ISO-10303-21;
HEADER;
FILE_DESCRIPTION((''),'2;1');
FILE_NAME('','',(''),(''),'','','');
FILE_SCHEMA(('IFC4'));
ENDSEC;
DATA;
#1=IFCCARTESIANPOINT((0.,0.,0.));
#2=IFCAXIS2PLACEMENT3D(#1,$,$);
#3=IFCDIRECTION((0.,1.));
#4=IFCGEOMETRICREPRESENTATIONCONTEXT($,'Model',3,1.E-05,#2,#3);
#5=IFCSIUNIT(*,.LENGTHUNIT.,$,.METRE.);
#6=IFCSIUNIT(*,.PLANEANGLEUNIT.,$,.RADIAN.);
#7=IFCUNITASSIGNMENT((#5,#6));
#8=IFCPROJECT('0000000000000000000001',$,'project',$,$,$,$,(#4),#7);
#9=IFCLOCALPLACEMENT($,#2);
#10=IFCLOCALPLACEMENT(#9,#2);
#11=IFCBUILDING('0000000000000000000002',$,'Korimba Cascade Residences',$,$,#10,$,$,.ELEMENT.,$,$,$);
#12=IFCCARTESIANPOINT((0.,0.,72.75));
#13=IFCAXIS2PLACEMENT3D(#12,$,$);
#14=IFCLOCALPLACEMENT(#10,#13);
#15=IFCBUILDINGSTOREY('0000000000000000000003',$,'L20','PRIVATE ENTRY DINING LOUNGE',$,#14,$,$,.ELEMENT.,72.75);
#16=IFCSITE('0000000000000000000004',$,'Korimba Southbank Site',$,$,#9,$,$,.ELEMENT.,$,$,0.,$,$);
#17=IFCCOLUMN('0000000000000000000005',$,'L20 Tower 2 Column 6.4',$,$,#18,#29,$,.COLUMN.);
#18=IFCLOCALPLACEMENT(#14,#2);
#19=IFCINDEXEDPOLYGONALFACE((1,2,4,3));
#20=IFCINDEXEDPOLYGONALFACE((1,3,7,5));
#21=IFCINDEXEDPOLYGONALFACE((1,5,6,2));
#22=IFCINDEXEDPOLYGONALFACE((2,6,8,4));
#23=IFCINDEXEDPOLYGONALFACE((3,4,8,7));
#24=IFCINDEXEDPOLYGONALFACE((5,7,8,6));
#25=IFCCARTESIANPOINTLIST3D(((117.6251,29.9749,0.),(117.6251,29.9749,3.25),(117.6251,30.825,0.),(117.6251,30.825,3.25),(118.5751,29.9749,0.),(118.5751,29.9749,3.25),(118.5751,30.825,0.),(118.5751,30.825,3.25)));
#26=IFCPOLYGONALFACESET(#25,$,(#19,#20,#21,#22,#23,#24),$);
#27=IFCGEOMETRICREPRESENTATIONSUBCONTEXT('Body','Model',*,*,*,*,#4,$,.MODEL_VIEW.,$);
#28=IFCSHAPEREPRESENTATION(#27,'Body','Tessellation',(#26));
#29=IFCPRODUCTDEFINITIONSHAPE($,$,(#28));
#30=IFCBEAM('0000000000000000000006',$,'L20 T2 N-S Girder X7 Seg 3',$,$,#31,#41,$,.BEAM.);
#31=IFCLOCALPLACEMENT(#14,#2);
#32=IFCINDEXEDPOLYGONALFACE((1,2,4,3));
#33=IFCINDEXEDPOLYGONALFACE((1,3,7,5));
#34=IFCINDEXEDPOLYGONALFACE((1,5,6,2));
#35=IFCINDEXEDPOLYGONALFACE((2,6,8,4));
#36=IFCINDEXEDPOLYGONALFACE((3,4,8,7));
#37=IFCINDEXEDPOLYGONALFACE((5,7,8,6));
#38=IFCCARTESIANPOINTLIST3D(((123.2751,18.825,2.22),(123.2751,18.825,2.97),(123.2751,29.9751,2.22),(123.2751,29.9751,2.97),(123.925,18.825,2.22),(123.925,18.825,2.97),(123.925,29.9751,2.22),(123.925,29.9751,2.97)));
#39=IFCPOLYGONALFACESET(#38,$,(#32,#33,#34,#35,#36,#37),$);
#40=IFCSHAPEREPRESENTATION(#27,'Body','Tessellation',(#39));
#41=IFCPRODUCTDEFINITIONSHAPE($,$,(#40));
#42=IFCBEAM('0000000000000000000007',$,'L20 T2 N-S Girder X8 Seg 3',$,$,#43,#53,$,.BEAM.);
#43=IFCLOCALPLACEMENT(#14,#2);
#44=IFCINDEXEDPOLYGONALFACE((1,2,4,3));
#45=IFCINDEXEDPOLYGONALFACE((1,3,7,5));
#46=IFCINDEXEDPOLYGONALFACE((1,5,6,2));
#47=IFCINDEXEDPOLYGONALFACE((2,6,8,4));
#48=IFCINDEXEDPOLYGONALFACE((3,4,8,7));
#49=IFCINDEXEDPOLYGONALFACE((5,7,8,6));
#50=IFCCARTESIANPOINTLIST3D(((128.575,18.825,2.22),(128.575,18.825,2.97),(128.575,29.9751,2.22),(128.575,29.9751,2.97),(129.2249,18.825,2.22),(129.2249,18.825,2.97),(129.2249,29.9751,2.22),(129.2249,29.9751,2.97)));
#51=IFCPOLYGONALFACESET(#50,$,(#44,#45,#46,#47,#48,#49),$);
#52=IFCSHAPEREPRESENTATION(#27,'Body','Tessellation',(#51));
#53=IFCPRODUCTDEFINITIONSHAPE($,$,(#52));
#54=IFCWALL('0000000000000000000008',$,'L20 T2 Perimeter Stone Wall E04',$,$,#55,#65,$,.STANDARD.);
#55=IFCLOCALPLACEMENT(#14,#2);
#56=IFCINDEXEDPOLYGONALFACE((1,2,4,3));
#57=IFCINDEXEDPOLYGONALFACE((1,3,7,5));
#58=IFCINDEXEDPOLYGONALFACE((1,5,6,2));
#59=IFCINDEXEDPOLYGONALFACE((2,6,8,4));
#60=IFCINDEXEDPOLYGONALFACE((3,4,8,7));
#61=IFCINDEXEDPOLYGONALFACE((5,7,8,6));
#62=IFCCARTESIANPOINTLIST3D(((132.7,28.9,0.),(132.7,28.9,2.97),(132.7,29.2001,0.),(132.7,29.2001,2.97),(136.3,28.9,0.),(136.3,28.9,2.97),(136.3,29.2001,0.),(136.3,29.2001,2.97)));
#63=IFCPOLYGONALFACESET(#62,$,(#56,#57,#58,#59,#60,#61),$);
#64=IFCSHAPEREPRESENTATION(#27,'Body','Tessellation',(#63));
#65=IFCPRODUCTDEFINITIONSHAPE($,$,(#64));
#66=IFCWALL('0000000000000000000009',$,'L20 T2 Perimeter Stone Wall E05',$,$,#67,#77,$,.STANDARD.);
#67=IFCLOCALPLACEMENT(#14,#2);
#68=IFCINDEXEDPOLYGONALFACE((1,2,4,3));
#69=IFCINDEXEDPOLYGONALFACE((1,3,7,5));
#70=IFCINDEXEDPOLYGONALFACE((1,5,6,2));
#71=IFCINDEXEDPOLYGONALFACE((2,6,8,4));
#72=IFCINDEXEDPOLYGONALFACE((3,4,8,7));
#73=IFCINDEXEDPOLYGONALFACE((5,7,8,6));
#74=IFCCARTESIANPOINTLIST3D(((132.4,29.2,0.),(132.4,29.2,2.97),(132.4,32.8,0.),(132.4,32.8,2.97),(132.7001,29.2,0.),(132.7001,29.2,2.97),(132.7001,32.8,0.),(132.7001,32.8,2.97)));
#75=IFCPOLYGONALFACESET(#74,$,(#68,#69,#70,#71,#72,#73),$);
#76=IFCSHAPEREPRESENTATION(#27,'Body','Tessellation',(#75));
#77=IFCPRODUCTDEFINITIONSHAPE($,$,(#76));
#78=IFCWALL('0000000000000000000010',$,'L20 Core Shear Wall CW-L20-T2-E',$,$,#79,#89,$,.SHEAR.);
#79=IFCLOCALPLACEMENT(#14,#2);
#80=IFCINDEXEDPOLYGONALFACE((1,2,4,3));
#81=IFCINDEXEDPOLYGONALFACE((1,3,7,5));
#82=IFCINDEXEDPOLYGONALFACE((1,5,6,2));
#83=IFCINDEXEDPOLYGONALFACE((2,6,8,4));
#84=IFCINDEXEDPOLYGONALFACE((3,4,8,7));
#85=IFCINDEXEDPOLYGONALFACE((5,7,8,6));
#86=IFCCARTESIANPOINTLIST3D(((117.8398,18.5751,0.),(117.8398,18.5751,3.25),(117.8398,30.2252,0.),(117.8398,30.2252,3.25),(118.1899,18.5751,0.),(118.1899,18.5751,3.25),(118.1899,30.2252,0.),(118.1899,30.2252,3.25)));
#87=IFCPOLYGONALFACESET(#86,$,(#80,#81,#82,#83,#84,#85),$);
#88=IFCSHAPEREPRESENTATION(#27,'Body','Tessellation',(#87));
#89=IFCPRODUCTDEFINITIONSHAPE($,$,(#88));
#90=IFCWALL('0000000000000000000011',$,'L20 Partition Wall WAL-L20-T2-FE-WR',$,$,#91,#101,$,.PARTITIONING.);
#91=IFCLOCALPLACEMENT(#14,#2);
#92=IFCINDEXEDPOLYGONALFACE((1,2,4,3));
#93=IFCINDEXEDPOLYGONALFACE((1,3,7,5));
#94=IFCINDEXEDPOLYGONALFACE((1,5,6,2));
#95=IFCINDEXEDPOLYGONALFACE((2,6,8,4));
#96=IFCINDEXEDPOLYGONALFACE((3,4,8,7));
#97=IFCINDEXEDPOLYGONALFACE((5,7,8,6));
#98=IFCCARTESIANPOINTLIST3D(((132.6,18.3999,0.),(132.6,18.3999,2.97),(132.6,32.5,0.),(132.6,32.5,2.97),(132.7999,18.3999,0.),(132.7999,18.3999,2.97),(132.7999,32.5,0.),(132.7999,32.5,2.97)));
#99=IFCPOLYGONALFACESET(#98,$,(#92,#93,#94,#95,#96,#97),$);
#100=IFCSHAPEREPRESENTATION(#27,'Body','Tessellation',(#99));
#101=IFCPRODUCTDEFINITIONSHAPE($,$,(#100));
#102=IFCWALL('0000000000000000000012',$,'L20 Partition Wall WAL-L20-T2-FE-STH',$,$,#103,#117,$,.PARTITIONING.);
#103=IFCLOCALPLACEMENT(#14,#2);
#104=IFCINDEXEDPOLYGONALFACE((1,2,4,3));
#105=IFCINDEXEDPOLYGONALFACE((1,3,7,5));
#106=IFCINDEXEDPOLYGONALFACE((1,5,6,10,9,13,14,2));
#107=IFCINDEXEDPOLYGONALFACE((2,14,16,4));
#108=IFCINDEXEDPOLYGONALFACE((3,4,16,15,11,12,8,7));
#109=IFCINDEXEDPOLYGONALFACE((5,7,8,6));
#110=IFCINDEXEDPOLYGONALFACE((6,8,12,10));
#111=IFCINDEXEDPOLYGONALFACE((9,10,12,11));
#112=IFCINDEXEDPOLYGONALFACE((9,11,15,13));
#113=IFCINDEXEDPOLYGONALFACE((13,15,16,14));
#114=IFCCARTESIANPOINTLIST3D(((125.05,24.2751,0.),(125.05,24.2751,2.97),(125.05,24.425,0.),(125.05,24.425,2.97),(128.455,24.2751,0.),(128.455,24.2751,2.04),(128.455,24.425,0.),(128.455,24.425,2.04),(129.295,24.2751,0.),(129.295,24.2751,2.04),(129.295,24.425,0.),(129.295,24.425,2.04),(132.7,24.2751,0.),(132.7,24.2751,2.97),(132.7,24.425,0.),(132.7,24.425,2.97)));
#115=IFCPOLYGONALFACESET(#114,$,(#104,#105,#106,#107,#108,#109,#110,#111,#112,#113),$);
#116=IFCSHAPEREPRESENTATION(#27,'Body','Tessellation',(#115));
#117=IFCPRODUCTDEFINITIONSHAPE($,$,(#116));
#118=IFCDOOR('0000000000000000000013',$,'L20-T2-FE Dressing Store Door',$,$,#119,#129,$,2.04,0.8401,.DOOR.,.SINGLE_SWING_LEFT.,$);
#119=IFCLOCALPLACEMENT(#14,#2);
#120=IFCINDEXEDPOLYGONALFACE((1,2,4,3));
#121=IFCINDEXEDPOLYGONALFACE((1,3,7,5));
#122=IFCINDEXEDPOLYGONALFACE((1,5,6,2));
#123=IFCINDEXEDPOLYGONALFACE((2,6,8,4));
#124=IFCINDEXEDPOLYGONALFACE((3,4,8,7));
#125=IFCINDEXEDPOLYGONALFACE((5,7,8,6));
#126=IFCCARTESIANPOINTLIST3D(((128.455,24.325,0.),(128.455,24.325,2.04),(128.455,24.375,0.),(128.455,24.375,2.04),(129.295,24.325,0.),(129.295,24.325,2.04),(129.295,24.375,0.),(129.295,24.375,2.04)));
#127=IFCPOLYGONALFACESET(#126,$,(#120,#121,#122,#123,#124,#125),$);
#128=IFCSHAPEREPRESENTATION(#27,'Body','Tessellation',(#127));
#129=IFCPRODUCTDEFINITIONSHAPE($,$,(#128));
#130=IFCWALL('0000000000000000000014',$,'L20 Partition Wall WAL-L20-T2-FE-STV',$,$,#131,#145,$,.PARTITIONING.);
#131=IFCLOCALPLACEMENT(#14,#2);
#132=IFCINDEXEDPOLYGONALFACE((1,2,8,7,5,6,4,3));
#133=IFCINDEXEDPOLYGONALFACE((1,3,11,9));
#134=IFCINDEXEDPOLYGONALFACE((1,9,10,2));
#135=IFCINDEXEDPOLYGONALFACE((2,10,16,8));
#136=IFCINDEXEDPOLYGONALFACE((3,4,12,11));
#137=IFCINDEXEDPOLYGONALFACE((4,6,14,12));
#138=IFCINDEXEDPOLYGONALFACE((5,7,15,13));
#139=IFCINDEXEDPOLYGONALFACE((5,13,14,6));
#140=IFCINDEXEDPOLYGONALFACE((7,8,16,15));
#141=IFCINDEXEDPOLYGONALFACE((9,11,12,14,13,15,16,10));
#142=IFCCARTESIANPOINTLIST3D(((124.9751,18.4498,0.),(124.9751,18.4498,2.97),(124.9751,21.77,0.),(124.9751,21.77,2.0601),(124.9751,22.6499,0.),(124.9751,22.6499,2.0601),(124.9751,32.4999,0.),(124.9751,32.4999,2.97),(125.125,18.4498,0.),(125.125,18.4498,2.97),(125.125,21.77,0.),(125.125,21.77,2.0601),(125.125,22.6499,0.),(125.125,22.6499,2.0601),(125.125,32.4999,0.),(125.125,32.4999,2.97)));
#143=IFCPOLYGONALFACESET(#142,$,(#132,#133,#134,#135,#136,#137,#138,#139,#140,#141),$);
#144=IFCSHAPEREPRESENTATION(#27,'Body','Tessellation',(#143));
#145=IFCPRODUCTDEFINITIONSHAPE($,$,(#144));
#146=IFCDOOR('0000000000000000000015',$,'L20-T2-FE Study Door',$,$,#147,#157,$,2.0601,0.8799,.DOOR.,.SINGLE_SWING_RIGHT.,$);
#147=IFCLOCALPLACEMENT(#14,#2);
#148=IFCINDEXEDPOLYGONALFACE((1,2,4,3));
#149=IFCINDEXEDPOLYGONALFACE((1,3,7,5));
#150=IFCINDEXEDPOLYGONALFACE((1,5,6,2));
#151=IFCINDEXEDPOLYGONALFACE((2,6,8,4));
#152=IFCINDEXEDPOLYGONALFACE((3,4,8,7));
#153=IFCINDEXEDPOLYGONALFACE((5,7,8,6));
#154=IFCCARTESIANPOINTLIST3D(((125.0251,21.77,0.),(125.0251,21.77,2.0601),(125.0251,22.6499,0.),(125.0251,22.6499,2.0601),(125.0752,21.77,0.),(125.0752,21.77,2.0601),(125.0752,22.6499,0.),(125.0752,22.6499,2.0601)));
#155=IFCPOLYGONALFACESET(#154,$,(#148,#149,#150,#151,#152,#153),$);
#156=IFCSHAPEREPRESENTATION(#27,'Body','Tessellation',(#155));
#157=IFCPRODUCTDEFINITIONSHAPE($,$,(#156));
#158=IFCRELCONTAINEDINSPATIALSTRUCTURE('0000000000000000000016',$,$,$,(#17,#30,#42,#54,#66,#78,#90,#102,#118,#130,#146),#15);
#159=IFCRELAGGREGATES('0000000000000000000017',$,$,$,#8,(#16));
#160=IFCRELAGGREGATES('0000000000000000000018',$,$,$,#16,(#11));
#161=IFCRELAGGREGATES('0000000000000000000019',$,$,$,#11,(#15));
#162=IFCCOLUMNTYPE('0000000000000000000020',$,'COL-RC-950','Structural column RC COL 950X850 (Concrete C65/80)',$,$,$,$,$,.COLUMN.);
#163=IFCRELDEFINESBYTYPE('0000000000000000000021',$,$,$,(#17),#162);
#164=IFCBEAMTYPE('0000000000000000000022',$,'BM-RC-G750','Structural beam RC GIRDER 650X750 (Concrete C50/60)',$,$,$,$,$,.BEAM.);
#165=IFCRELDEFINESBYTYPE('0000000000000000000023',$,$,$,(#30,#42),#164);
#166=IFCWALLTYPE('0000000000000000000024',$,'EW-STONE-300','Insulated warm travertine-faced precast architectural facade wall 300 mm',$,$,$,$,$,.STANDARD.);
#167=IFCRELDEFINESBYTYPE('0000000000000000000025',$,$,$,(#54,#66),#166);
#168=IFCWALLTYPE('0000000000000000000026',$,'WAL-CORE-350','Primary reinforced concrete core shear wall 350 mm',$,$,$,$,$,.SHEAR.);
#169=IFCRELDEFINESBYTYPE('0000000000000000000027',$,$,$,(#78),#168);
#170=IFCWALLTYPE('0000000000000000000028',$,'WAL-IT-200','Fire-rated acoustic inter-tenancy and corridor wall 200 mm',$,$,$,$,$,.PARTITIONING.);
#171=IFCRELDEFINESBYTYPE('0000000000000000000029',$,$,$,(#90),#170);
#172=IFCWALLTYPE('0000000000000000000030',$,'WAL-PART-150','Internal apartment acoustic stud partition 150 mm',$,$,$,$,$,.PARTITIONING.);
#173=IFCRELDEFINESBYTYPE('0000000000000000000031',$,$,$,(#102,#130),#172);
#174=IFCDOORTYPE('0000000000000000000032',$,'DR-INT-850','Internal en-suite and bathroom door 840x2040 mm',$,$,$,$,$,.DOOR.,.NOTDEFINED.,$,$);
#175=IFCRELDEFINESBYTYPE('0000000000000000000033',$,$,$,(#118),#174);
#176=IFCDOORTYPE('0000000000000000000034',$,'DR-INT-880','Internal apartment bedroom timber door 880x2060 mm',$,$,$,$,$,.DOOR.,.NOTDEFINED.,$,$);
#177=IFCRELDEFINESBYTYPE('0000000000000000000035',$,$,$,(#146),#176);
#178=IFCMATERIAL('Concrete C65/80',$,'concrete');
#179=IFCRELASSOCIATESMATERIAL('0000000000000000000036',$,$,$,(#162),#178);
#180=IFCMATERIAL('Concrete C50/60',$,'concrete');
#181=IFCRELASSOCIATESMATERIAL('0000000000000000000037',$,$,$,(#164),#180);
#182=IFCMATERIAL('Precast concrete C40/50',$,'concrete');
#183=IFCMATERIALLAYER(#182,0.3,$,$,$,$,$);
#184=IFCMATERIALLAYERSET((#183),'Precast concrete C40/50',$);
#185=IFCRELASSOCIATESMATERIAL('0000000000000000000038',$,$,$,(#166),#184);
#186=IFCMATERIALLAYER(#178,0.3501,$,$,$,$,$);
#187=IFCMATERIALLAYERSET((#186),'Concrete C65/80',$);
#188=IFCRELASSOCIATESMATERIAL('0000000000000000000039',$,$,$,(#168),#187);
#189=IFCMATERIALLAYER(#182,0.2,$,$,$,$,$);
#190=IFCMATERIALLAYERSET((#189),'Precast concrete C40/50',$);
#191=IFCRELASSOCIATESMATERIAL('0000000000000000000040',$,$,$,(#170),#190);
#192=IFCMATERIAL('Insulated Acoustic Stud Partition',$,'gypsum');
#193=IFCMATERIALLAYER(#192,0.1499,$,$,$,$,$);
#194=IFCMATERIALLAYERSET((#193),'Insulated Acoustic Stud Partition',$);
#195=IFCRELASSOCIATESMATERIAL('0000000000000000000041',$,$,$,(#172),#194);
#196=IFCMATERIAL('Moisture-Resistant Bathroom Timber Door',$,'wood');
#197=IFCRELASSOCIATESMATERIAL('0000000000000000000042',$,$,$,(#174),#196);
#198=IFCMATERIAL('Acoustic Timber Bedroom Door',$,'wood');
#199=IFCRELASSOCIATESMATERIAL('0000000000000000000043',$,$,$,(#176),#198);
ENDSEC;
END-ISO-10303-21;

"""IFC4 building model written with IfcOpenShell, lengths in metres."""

from ifc_helpers import new_model, si_unit, direction, frame, frame_2d, origin, origin_2d, place, context, subcontext, project, spatial, rectangle, extrude, material, layer, layer_set, material_profile, profile_set, type_object, element, fill, save


model = new_model("IFC4")

# Units and contexts
model_context = context("Model", 3, precision=1e-05, world=origin(), true_north=direction((0.0, 1.0)))
body_context = subcontext(model_context, "Body", "Model", "MODEL_VIEW")
ifc_project = project(units=[si_unit("LENGTHUNIT", "METRE"), si_unit("PLANEANGLEUNIT", "RADIAN")], contexts=[model_context])

# Site, building, storey
site_placement = place(None, origin())
site = spatial("IfcSite", under=ifc_project, at=site_placement, Name="Korimba Southbank Site", CompositionType="ELEMENT", RefElevation=0.0)
building_placement = place(site_placement, origin())
building = spatial("IfcBuilding", under=site, at=building_placement, Name="Korimba Cascade Residences", CompositionType="ELEMENT")
storey_placement = place(building_placement, frame((0.0, 0.0, 72.75)))
storey = spatial("IfcBuildingStorey", under=building, at=storey_placement, Name="L20", Description="PRIVATE ENTRY DINING LOUNGE", CompositionType="ELEMENT", Elevation=72.75)

# Column
ifc_material_1 = material(Name="Concrete C65/80", Category="concrete")
ifc_material_profile_1 = material_profile(ifc_material_1, rectangle(XDim=0.95, YDim=0.8501, at=origin_2d()), Name="Concrete C65/80")
ifc_profile_set_1 = profile_set([ifc_material_profile_1], Name="Concrete C65/80")
column_type = type_object("IfcColumnType", Name="COL-RC-950", Description="Structural column RC COL 950X850 (Concrete C65/80)", PredefinedType="COLUMN", material=ifc_profile_set_1)
column_placement = place(storey_placement, frame((118.1001, 30.3999, 0.0), z_axis=(0.0, 0.0, 1.0), x_axis=(1.0, 0.0, 0.0)))
element("IfcColumn", 1, at=column_placement, inside=storey, type_object=column_type, Name="L20 Tower 2 Column 6.4", PredefinedType="COLUMN", context=body_context, shape_type="SweptSolid", body=[
    extrude(rectangle(XDim=0.95, YDim=0.8501, at=origin_2d()), origin(), (0.0, 0.0, 1.0), 3.25),
])

# Beams
ifc_material_2 = material(Name="Concrete C50/60", Category="concrete")
ifc_material_profile_2 = material_profile(ifc_material_2, rectangle(XDim=0.6499, YDim=0.75, at=origin_2d()), Name="Concrete C50/60")
ifc_profile_set_2 = profile_set([ifc_material_profile_2], Name="Concrete C50/60")
beam_type = type_object("IfcBeamType", Name="BM-RC-G750", Description="Structural beam RC GIRDER 650X750 (Concrete C50/60)", PredefinedType="BEAM", material=ifc_profile_set_2)
for number, where, z_axis, x_axis, name in (
    (2, (123.6001, 18.825, 2.595), (0.0, 1.0, 0.0), (-1.0, 0.0, 0.0), "L20 T2 N-S Girder X7 Seg 3"),
    (3, (128.8999, 18.825, 2.595), (0.0, 1.0, 0.0), (-1.0, 0.0, 0.0), "L20 T2 N-S Girder X8 Seg 3"),
):
    element("IfcBeam", number, at=place(storey_placement, frame(where, z_axis=z_axis, x_axis=x_axis)), inside=storey, type_object=beam_type, Name=name, PredefinedType="BEAM", context=body_context, shape_type="SweptSolid", body=[
        extrude(rectangle(XDim=0.6499, YDim=0.75, at=origin_2d()), origin(), (0.0, 0.0, 1.0), 11.1501),
    ])

# Walls
ifc_material_3 = material(Name="Precast concrete C40/50", Category="concrete")
ifc_layer_1 = layer(ifc_material_3, 0.3)
ifc_layer_set_1 = layer_set([ifc_layer_1], Name="Precast concrete C40/50")
wall_type_1 = type_object("IfcWallType", Name="EW-STONE-300", Description="Insulated warm travertine-faced precast architectural facade wall 300 mm", PredefinedType="STANDARD", material=ifc_layer_set_1)
for number, where, z_axis, x_axis, name in (
    (4, (136.3, 29.05, 0.0), (0.0, 0.0, 1.0), (-1.0, 0.0, 0.0), "L20 T2 Perimeter Stone Wall E04"),
    (5, (132.55, 29.2, 0.0), (0.0, 0.0, 1.0), (0.0, 1.0, 0.0), "L20 T2 Perimeter Stone Wall E05"),
):
    element("IfcWall", number, at=place(storey_placement, frame(where, z_axis=z_axis, x_axis=x_axis)), inside=storey, type_object=wall_type_1, Name=name, PredefinedType="STANDARD", context=body_context, shape_type="SweptSolid", body=[
        extrude(rectangle(XDim=3.6001, YDim=0.3, at=frame_2d((1.8, 0.0))), origin(), (0.0, 0.0, 1.0), 2.97),
    ])
ifc_layer_2 = layer(ifc_material_1, 0.3501)
ifc_layer_set_2 = layer_set([ifc_layer_2], Name="Concrete C65/80")
wall_type_2 = type_object("IfcWallType", Name="WAL-CORE-350", Description="Primary reinforced concrete core shear wall 350 mm", PredefinedType="SHEAR", material=ifc_layer_set_2)
wall_1_placement = place(storey_placement, frame((118.0149, 18.575, 0.0), z_axis=(0.0, 0.0, 1.0), x_axis=(0.0, 1.0, 0.0)))
element("IfcWall", 6, at=wall_1_placement, inside=storey, type_object=wall_type_2, Name="L20 Core Shear Wall CW-L20-T2-E", PredefinedType="SHEAR", context=body_context, shape_type="SweptSolid", body=[
    extrude(rectangle(XDim=11.6501, YDim=0.3501, at=frame_2d((5.8252, 0.0))), origin(), (0.0, 0.0, 1.0), 3.25),
])
ifc_layer_3 = layer(ifc_material_3, 0.2)
ifc_layer_set_3 = layer_set([ifc_layer_3], Name="Precast concrete C40/50")
wall_type_3 = type_object("IfcWallType", Name="WAL-IT-200", Description="Fire-rated acoustic inter-tenancy and corridor wall 200 mm", PredefinedType="PARTITIONING", material=ifc_layer_set_3)
wall_2_placement = place(storey_placement, frame((132.7, 18.3999, 0.0), z_axis=(0.0, 0.0, 1.0), x_axis=(0.0, 1.0, 0.0)))
element("IfcWall", 7, at=wall_2_placement, inside=storey, type_object=wall_type_3, Name="L20 Partition Wall WAL-L20-T2-FE-WR", PredefinedType="PARTITIONING", context=body_context, shape_type="SweptSolid", body=[
    extrude(rectangle(XDim=14.1001, YDim=0.2, at=frame_2d((7.05, 0.0))), origin(), (0.0, 0.0, 1.0), 2.97),
])

# Walls, openings, doors
ifc_material_4 = material(Name="Insulated Acoustic Stud Partition", Category="gypsum")
ifc_layer_4 = layer(ifc_material_4, 0.1499)
ifc_layer_set_4 = layer_set([ifc_layer_4], Name="Insulated Acoustic Stud Partition")
wall_type_4 = type_object("IfcWallType", Name="WAL-PART-150", Description="Internal apartment acoustic stud partition 150 mm", PredefinedType="PARTITIONING", material=ifc_layer_set_4)
wall_3_placement = place(storey_placement, frame((125.05, 24.3501, 0.0), z_axis=(0.0, 0.0, 1.0), x_axis=(1.0, 0.0, 0.0)))
wall_3 = element("IfcWall", 8, at=wall_3_placement, inside=storey, type_object=wall_type_4, Name="L20 Partition Wall WAL-L20-T2-FE-STH", PredefinedType="PARTITIONING", context=body_context, shape_type="SweptSolid", body=[
    extrude(rectangle(XDim=7.6499, YDim=0.1499, at=frame_2d((3.825, 0.0))), origin(), (0.0, 0.0, 1.0), 2.97),
])
opening_1_placement = place(wall_3_placement, frame((3.405, 0.0, 0.0)))
opening_1 = element("IfcOpeningElement", 9, at=opening_1_placement, cuts=wall_3, PredefinedType="OPENING", context=body_context, shape_type="SweptSolid", body=[
    extrude(rectangle(XDim=0.8401, YDim=2.04, at=frame_2d((0.4199, 1.02))), frame((0.0, 0.085, 0.0), z_axis=(0.0, -1.0, 0.0), x_axis=(1.0, 0.0, 0.0)), (0.0, 0.0, 1.0), 0.1699),
])
ifc_material_5 = material(Name="Moisture-Resistant Bathroom Timber Door", Category="wood")
door_type_1 = type_object("IfcDoorType", Name="DR-INT-850", Description="Internal en-suite and bathroom door 840x2040 mm", OperationType="NOTDEFINED", PredefinedType="DOOR", material=ifc_material_5)
door_1_placement = place(opening_1_placement, origin())
door_1 = element("IfcDoor", 10, at=door_1_placement, inside=storey, type_object=door_type_1, Name="L20-T2-FE Dressing Store Door", OperationType="SINGLE_SWING_LEFT", OverallHeight=2.04, OverallWidth=0.8401, PredefinedType="DOOR", context=body_context, shape_type="SweptSolid", body=[
    extrude(rectangle(XDim=0.8401, YDim=2.04, at=frame_2d((0.4199, 1.02))), frame((0.0, 0.0249, 0.0), z_axis=(0.0, -1.0, 0.0), x_axis=(1.0, 0.0, 0.0)), (0.0, 0.0, 1.0), 0.05),
])
fill(opening_1, door_1)
wall_4_placement = place(storey_placement, frame((125.05, 18.45, 0.0), z_axis=(0.0, 0.0, 1.0), x_axis=(0.0, 1.0, 0.0)))
wall_4 = element("IfcWall", 11, at=wall_4_placement, inside=storey, type_object=wall_type_4, Name="L20 Partition Wall WAL-L20-T2-FE-STV", PredefinedType="PARTITIONING", context=body_context, shape_type="SweptSolid", body=[
    extrude(rectangle(XDim=14.05, YDim=0.1499, at=frame_2d((7.0249, 0.0))), origin(), (0.0, 0.0, 1.0), 2.97),
])
opening_2_placement = place(wall_4_placement, frame((3.3201, 0.0, 0.0)))
opening_2 = element("IfcOpeningElement", 12, at=opening_2_placement, cuts=wall_4, PredefinedType="OPENING", context=body_context, shape_type="SweptSolid", body=[
    extrude(rectangle(XDim=0.8799, YDim=2.0601, at=frame_2d((0.4399, 1.03))), frame((0.0, 0.085, 0.0), z_axis=(0.0, -1.0, 0.0), x_axis=(1.0, 0.0, 0.0)), (0.0, 0.0, 1.0), 0.1699),
])
ifc_material_6 = material(Name="Acoustic Timber Bedroom Door", Category="wood")
door_type_2 = type_object("IfcDoorType", Name="DR-INT-880", Description="Internal apartment bedroom timber door 880x2060 mm", OperationType="NOTDEFINED", PredefinedType="DOOR", material=ifc_material_6)
door_2_placement = place(opening_2_placement, origin())
door_2 = element("IfcDoor", 13, at=door_2_placement, inside=storey, type_object=door_type_2, Name="L20-T2-FE Study Door", OperationType="SINGLE_SWING_RIGHT", OverallHeight=2.0601, OverallWidth=0.8799, PredefinedType="DOOR", context=body_context, shape_type="SweptSolid", body=[
    extrude(rectangle(XDim=0.8799, YDim=2.0601, at=frame_2d((0.4399, 1.03))), frame((0.0, 0.0249, 0.0), z_axis=(0.0, -1.0, 0.0), x_axis=(1.0, 0.0, 0.0)), (0.0, 0.0, 1.0), 0.05),
])
fill(opening_2, door_2)

save(model, "model.ifc")
